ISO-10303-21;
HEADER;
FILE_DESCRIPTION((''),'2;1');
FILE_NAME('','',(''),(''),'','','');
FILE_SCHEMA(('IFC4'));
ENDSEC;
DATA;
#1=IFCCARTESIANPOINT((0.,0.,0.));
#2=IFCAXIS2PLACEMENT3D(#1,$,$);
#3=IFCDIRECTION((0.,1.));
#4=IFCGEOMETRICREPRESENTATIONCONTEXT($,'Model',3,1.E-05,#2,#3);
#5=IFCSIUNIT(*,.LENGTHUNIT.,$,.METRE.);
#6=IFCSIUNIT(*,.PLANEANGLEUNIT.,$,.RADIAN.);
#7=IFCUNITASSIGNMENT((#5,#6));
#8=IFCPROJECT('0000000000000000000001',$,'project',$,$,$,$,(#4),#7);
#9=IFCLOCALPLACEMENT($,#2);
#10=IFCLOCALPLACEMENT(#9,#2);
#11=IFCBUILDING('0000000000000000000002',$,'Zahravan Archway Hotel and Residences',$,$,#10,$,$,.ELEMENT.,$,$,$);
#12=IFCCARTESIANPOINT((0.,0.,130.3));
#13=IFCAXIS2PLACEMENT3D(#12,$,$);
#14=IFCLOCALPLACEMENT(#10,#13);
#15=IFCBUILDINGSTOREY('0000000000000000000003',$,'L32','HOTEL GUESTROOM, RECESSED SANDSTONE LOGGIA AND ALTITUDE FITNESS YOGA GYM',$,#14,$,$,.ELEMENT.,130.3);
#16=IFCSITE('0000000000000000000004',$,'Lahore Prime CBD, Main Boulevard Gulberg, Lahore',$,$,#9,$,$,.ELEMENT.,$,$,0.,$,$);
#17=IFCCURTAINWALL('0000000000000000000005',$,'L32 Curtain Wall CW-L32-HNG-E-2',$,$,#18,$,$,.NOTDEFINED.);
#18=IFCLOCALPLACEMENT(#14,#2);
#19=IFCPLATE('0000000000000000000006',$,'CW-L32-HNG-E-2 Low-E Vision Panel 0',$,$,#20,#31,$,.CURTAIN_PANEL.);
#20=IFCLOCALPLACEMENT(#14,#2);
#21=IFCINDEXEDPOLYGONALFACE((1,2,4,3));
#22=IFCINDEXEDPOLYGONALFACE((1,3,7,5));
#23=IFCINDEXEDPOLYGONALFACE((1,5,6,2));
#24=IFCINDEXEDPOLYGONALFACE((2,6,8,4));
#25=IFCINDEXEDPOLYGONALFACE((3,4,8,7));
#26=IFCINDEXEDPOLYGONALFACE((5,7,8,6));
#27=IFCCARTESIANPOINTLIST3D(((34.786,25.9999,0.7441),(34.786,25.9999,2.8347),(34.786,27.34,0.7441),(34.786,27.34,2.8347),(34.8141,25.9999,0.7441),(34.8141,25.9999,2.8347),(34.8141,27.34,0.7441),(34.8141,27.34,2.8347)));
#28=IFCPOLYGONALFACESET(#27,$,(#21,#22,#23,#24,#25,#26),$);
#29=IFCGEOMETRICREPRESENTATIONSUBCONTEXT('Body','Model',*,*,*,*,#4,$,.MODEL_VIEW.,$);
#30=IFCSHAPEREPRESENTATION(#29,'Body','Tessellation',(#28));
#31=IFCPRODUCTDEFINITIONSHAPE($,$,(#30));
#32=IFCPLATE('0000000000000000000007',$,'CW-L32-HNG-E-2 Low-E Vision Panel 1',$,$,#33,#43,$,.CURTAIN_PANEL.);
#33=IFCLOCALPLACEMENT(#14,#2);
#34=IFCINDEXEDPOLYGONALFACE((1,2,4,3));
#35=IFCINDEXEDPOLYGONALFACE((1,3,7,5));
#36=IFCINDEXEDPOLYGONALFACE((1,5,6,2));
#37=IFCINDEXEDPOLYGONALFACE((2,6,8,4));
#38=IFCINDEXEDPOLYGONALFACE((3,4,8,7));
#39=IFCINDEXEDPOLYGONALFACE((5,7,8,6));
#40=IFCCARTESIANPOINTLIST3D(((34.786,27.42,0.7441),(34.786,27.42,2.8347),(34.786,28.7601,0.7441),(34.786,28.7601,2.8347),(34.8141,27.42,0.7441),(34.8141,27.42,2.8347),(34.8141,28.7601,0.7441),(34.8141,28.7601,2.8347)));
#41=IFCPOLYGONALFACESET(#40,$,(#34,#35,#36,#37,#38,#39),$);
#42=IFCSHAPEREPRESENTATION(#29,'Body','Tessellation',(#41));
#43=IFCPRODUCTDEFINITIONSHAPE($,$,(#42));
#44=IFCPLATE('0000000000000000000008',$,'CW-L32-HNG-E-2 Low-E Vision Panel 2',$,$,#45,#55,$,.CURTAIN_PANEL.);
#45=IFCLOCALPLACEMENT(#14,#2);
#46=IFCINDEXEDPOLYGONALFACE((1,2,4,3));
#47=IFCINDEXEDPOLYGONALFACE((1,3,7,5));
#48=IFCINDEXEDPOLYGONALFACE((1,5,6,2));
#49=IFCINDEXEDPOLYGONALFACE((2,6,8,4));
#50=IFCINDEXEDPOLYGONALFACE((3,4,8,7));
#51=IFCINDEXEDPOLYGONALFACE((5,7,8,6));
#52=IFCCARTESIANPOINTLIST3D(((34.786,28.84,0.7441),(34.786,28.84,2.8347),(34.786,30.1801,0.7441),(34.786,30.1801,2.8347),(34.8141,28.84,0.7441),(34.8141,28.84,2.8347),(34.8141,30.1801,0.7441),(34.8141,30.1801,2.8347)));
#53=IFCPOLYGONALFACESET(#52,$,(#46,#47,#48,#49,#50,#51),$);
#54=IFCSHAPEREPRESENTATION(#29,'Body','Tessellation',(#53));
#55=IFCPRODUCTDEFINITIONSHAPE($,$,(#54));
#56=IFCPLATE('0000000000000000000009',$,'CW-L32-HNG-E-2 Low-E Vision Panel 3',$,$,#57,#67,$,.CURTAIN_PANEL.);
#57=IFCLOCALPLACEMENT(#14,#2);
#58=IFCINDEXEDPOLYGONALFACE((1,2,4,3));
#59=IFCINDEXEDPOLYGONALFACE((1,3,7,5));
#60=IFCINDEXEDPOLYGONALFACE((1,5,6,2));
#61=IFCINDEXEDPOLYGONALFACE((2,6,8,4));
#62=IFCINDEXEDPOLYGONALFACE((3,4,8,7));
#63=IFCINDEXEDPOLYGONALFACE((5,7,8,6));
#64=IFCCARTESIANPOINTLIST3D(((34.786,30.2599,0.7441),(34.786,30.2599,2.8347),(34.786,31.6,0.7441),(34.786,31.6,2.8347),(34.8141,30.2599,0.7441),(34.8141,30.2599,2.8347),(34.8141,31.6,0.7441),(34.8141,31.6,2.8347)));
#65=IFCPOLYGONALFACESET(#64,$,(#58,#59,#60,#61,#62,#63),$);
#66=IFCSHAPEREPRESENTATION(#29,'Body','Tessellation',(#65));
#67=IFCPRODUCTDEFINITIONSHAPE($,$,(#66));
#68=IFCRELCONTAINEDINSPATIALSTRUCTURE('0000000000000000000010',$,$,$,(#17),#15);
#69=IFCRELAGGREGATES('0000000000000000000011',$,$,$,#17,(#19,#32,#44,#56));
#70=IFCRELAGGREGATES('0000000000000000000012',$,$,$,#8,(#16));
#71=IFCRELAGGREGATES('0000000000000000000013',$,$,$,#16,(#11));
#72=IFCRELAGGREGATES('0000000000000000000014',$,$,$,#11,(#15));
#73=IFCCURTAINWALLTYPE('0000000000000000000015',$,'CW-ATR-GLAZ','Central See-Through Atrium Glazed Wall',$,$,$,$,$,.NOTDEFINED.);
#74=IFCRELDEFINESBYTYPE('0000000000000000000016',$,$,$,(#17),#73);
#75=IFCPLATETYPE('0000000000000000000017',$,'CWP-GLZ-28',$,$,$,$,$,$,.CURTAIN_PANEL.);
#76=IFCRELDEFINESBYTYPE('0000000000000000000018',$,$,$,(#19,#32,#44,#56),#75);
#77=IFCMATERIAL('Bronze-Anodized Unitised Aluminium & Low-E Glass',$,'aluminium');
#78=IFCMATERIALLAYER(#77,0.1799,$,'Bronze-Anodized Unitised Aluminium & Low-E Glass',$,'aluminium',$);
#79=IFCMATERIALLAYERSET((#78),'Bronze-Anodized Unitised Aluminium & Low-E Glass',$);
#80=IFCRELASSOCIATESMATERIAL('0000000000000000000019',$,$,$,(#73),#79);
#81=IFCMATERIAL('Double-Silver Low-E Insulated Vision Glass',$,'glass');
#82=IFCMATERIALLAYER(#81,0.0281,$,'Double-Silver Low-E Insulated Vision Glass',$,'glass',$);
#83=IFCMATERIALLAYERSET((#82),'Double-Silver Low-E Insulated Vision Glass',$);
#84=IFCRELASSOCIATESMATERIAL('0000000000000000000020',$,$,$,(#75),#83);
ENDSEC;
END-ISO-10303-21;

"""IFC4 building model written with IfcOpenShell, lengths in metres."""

from ifc_helpers import new_model, si_unit, direction, frame, origin, origin_2d, place, context, subcontext, project, spatial, rectangle, extrude, source, transform, mapped, material, layer, layer_set, type_object, element, aggregate, save


model = new_model("IFC4")

# Units and contexts
model_context = context("Model", 3, precision=1e-05, world=origin(), true_north=direction((0.0, 1.0)))
body_context = subcontext(model_context, "Body", "Model", "MODEL_VIEW")
ifc_project = project(units=[si_unit("LENGTHUNIT", "METRE"), si_unit("PLANEANGLEUNIT", "RADIAN")], contexts=[model_context])

# Site, building, storey
site_placement = place(None, origin())
site = spatial("IfcSite", under=ifc_project, at=site_placement, Name="Lahore Prime CBD, Main Boulevard Gulberg, Lahore", CompositionType="ELEMENT", RefElevation=0.0)
building_placement = place(site_placement, origin())
building = spatial("IfcBuilding", under=site, at=building_placement, Name="Zahravan Archway Hotel and Residences", CompositionType="ELEMENT")
storey_placement = place(building_placement, frame((0.0, 0.0, 130.3)))
storey = spatial("IfcBuildingStorey", under=building, at=storey_placement, Name="L32", Description="HOTEL GUESTROOM, RECESSED SANDSTONE LOGGIA AND ALTITUDE FITNESS YOGA GYM", CompositionType="ELEMENT", Elevation=130.3)

# Curtain wall
ifc_material_1 = material(Name="Bronze-Anodized Unitised Aluminium & Low-E Glass", Category="aluminium")
ifc_layer_1 = layer(ifc_material_1, 0.1799, Name="Bronze-Anodized Unitised Aluminium & Low-E Glass", Category="aluminium")
ifc_layer_set_1 = layer_set([ifc_layer_1], Name="Bronze-Anodized Unitised Aluminium & Low-E Glass")
curtain_wall_type = type_object("IfcCurtainWallType", Name="CW-ATR-GLAZ", Description="Central See-Through Atrium Glazed Wall", PredefinedType="NOTDEFINED", material=ifc_layer_set_1)
curtain_wall_1_placement = place(storey_placement, origin())
curtain_wall_1 = element("IfcCurtainWall", 1, at=curtain_wall_1_placement, inside=storey, type_object=curtain_wall_type, Name="L32 Curtain Wall CW-L32-HNG-E-2", PredefinedType="NOTDEFINED")

# Plates
ifc_material_2 = material(Name="Double-Silver Low-E Insulated Vision Glass", Category="glass")
ifc_layer_2 = layer(ifc_material_2, 0.0281, Name="Double-Silver Low-E Insulated Vision Glass", Category="glass")
ifc_layer_set_2 = layer_set([ifc_layer_2], Name="Double-Silver Low-E Insulated Vision Glass")
plate_type_1 = type_object("IfcPlateType", Name="CWP-GLZ-28", PredefinedType="CURTAIN_PANEL", material=ifc_layer_set_2)
shared_shape_1 = source(origin(), body_context, "Body", "SweptSolid", [
    extrude(rectangle(XDim=1.3401, YDim=0.0281, at=origin_2d()), origin(), (0.0, 0.0, 1.0), 2.0906),
])
plate_1_placement = place(storey_placement, frame((34.8, 26.6699, 0.7441), z_axis=(0.0, 0.0, 1.0), x_axis=(0.0, 1.0, 0.0)))
plate_1 = element("IfcPlate", 2, at=plate_1_placement, type_object=plate_type_1, Name="CW-L32-HNG-E-2 Low-E Vision Panel 0", PredefinedType="CURTAIN_PANEL", context=body_context, shape_type="MappedRepresentation", body=[
    mapped(shared_shape_1, transform((0.0, 0.0, 0.0), scale=1.0)),
])
plate_2_placement = place(storey_placement, frame((34.8, 28.0901, 0.7441), z_axis=(0.0, 0.0, 1.0), x_axis=(0.0, 1.0, 0.0)))
plate_2 = element("IfcPlate", 3, at=plate_2_placement, type_object=plate_type_1, Name="CW-L32-HNG-E-2 Low-E Vision Panel 1", PredefinedType="CURTAIN_PANEL", context=body_context, shape_type="MappedRepresentation", body=[
    mapped(shared_shape_1, transform((0.0, 0.0, 0.0), scale=1.0)),
])
plate_3_placement = place(storey_placement, frame((34.8, 29.51, 0.7441), z_axis=(0.0, 0.0, 1.0), x_axis=(0.0, 1.0, 0.0)))
plate_3 = element("IfcPlate", 4, at=plate_3_placement, type_object=plate_type_1, Name="CW-L32-HNG-E-2 Low-E Vision Panel 2", PredefinedType="CURTAIN_PANEL", context=body_context, shape_type="MappedRepresentation", body=[
    mapped(shared_shape_1, transform((0.0, 0.0, 0.0), scale=1.0)),
])
plate_4_placement = place(storey_placement, frame((34.8, 30.9299, 0.7441), z_axis=(0.0, 0.0, 1.0), x_axis=(0.0, 1.0, 0.0)))
plate_4 = element("IfcPlate", 5, at=plate_4_placement, type_object=plate_type_1, Name="CW-L32-HNG-E-2 Low-E Vision Panel 3", PredefinedType="CURTAIN_PANEL", context=body_context, shape_type="MappedRepresentation", body=[
    mapped(shared_shape_1, transform((0.0, 0.0, 0.0), scale=1.0)),
])
aggregate(curtain_wall_1, [plate_1, plate_2, plate_3, plate_4])

save(model, "model.ifc")
